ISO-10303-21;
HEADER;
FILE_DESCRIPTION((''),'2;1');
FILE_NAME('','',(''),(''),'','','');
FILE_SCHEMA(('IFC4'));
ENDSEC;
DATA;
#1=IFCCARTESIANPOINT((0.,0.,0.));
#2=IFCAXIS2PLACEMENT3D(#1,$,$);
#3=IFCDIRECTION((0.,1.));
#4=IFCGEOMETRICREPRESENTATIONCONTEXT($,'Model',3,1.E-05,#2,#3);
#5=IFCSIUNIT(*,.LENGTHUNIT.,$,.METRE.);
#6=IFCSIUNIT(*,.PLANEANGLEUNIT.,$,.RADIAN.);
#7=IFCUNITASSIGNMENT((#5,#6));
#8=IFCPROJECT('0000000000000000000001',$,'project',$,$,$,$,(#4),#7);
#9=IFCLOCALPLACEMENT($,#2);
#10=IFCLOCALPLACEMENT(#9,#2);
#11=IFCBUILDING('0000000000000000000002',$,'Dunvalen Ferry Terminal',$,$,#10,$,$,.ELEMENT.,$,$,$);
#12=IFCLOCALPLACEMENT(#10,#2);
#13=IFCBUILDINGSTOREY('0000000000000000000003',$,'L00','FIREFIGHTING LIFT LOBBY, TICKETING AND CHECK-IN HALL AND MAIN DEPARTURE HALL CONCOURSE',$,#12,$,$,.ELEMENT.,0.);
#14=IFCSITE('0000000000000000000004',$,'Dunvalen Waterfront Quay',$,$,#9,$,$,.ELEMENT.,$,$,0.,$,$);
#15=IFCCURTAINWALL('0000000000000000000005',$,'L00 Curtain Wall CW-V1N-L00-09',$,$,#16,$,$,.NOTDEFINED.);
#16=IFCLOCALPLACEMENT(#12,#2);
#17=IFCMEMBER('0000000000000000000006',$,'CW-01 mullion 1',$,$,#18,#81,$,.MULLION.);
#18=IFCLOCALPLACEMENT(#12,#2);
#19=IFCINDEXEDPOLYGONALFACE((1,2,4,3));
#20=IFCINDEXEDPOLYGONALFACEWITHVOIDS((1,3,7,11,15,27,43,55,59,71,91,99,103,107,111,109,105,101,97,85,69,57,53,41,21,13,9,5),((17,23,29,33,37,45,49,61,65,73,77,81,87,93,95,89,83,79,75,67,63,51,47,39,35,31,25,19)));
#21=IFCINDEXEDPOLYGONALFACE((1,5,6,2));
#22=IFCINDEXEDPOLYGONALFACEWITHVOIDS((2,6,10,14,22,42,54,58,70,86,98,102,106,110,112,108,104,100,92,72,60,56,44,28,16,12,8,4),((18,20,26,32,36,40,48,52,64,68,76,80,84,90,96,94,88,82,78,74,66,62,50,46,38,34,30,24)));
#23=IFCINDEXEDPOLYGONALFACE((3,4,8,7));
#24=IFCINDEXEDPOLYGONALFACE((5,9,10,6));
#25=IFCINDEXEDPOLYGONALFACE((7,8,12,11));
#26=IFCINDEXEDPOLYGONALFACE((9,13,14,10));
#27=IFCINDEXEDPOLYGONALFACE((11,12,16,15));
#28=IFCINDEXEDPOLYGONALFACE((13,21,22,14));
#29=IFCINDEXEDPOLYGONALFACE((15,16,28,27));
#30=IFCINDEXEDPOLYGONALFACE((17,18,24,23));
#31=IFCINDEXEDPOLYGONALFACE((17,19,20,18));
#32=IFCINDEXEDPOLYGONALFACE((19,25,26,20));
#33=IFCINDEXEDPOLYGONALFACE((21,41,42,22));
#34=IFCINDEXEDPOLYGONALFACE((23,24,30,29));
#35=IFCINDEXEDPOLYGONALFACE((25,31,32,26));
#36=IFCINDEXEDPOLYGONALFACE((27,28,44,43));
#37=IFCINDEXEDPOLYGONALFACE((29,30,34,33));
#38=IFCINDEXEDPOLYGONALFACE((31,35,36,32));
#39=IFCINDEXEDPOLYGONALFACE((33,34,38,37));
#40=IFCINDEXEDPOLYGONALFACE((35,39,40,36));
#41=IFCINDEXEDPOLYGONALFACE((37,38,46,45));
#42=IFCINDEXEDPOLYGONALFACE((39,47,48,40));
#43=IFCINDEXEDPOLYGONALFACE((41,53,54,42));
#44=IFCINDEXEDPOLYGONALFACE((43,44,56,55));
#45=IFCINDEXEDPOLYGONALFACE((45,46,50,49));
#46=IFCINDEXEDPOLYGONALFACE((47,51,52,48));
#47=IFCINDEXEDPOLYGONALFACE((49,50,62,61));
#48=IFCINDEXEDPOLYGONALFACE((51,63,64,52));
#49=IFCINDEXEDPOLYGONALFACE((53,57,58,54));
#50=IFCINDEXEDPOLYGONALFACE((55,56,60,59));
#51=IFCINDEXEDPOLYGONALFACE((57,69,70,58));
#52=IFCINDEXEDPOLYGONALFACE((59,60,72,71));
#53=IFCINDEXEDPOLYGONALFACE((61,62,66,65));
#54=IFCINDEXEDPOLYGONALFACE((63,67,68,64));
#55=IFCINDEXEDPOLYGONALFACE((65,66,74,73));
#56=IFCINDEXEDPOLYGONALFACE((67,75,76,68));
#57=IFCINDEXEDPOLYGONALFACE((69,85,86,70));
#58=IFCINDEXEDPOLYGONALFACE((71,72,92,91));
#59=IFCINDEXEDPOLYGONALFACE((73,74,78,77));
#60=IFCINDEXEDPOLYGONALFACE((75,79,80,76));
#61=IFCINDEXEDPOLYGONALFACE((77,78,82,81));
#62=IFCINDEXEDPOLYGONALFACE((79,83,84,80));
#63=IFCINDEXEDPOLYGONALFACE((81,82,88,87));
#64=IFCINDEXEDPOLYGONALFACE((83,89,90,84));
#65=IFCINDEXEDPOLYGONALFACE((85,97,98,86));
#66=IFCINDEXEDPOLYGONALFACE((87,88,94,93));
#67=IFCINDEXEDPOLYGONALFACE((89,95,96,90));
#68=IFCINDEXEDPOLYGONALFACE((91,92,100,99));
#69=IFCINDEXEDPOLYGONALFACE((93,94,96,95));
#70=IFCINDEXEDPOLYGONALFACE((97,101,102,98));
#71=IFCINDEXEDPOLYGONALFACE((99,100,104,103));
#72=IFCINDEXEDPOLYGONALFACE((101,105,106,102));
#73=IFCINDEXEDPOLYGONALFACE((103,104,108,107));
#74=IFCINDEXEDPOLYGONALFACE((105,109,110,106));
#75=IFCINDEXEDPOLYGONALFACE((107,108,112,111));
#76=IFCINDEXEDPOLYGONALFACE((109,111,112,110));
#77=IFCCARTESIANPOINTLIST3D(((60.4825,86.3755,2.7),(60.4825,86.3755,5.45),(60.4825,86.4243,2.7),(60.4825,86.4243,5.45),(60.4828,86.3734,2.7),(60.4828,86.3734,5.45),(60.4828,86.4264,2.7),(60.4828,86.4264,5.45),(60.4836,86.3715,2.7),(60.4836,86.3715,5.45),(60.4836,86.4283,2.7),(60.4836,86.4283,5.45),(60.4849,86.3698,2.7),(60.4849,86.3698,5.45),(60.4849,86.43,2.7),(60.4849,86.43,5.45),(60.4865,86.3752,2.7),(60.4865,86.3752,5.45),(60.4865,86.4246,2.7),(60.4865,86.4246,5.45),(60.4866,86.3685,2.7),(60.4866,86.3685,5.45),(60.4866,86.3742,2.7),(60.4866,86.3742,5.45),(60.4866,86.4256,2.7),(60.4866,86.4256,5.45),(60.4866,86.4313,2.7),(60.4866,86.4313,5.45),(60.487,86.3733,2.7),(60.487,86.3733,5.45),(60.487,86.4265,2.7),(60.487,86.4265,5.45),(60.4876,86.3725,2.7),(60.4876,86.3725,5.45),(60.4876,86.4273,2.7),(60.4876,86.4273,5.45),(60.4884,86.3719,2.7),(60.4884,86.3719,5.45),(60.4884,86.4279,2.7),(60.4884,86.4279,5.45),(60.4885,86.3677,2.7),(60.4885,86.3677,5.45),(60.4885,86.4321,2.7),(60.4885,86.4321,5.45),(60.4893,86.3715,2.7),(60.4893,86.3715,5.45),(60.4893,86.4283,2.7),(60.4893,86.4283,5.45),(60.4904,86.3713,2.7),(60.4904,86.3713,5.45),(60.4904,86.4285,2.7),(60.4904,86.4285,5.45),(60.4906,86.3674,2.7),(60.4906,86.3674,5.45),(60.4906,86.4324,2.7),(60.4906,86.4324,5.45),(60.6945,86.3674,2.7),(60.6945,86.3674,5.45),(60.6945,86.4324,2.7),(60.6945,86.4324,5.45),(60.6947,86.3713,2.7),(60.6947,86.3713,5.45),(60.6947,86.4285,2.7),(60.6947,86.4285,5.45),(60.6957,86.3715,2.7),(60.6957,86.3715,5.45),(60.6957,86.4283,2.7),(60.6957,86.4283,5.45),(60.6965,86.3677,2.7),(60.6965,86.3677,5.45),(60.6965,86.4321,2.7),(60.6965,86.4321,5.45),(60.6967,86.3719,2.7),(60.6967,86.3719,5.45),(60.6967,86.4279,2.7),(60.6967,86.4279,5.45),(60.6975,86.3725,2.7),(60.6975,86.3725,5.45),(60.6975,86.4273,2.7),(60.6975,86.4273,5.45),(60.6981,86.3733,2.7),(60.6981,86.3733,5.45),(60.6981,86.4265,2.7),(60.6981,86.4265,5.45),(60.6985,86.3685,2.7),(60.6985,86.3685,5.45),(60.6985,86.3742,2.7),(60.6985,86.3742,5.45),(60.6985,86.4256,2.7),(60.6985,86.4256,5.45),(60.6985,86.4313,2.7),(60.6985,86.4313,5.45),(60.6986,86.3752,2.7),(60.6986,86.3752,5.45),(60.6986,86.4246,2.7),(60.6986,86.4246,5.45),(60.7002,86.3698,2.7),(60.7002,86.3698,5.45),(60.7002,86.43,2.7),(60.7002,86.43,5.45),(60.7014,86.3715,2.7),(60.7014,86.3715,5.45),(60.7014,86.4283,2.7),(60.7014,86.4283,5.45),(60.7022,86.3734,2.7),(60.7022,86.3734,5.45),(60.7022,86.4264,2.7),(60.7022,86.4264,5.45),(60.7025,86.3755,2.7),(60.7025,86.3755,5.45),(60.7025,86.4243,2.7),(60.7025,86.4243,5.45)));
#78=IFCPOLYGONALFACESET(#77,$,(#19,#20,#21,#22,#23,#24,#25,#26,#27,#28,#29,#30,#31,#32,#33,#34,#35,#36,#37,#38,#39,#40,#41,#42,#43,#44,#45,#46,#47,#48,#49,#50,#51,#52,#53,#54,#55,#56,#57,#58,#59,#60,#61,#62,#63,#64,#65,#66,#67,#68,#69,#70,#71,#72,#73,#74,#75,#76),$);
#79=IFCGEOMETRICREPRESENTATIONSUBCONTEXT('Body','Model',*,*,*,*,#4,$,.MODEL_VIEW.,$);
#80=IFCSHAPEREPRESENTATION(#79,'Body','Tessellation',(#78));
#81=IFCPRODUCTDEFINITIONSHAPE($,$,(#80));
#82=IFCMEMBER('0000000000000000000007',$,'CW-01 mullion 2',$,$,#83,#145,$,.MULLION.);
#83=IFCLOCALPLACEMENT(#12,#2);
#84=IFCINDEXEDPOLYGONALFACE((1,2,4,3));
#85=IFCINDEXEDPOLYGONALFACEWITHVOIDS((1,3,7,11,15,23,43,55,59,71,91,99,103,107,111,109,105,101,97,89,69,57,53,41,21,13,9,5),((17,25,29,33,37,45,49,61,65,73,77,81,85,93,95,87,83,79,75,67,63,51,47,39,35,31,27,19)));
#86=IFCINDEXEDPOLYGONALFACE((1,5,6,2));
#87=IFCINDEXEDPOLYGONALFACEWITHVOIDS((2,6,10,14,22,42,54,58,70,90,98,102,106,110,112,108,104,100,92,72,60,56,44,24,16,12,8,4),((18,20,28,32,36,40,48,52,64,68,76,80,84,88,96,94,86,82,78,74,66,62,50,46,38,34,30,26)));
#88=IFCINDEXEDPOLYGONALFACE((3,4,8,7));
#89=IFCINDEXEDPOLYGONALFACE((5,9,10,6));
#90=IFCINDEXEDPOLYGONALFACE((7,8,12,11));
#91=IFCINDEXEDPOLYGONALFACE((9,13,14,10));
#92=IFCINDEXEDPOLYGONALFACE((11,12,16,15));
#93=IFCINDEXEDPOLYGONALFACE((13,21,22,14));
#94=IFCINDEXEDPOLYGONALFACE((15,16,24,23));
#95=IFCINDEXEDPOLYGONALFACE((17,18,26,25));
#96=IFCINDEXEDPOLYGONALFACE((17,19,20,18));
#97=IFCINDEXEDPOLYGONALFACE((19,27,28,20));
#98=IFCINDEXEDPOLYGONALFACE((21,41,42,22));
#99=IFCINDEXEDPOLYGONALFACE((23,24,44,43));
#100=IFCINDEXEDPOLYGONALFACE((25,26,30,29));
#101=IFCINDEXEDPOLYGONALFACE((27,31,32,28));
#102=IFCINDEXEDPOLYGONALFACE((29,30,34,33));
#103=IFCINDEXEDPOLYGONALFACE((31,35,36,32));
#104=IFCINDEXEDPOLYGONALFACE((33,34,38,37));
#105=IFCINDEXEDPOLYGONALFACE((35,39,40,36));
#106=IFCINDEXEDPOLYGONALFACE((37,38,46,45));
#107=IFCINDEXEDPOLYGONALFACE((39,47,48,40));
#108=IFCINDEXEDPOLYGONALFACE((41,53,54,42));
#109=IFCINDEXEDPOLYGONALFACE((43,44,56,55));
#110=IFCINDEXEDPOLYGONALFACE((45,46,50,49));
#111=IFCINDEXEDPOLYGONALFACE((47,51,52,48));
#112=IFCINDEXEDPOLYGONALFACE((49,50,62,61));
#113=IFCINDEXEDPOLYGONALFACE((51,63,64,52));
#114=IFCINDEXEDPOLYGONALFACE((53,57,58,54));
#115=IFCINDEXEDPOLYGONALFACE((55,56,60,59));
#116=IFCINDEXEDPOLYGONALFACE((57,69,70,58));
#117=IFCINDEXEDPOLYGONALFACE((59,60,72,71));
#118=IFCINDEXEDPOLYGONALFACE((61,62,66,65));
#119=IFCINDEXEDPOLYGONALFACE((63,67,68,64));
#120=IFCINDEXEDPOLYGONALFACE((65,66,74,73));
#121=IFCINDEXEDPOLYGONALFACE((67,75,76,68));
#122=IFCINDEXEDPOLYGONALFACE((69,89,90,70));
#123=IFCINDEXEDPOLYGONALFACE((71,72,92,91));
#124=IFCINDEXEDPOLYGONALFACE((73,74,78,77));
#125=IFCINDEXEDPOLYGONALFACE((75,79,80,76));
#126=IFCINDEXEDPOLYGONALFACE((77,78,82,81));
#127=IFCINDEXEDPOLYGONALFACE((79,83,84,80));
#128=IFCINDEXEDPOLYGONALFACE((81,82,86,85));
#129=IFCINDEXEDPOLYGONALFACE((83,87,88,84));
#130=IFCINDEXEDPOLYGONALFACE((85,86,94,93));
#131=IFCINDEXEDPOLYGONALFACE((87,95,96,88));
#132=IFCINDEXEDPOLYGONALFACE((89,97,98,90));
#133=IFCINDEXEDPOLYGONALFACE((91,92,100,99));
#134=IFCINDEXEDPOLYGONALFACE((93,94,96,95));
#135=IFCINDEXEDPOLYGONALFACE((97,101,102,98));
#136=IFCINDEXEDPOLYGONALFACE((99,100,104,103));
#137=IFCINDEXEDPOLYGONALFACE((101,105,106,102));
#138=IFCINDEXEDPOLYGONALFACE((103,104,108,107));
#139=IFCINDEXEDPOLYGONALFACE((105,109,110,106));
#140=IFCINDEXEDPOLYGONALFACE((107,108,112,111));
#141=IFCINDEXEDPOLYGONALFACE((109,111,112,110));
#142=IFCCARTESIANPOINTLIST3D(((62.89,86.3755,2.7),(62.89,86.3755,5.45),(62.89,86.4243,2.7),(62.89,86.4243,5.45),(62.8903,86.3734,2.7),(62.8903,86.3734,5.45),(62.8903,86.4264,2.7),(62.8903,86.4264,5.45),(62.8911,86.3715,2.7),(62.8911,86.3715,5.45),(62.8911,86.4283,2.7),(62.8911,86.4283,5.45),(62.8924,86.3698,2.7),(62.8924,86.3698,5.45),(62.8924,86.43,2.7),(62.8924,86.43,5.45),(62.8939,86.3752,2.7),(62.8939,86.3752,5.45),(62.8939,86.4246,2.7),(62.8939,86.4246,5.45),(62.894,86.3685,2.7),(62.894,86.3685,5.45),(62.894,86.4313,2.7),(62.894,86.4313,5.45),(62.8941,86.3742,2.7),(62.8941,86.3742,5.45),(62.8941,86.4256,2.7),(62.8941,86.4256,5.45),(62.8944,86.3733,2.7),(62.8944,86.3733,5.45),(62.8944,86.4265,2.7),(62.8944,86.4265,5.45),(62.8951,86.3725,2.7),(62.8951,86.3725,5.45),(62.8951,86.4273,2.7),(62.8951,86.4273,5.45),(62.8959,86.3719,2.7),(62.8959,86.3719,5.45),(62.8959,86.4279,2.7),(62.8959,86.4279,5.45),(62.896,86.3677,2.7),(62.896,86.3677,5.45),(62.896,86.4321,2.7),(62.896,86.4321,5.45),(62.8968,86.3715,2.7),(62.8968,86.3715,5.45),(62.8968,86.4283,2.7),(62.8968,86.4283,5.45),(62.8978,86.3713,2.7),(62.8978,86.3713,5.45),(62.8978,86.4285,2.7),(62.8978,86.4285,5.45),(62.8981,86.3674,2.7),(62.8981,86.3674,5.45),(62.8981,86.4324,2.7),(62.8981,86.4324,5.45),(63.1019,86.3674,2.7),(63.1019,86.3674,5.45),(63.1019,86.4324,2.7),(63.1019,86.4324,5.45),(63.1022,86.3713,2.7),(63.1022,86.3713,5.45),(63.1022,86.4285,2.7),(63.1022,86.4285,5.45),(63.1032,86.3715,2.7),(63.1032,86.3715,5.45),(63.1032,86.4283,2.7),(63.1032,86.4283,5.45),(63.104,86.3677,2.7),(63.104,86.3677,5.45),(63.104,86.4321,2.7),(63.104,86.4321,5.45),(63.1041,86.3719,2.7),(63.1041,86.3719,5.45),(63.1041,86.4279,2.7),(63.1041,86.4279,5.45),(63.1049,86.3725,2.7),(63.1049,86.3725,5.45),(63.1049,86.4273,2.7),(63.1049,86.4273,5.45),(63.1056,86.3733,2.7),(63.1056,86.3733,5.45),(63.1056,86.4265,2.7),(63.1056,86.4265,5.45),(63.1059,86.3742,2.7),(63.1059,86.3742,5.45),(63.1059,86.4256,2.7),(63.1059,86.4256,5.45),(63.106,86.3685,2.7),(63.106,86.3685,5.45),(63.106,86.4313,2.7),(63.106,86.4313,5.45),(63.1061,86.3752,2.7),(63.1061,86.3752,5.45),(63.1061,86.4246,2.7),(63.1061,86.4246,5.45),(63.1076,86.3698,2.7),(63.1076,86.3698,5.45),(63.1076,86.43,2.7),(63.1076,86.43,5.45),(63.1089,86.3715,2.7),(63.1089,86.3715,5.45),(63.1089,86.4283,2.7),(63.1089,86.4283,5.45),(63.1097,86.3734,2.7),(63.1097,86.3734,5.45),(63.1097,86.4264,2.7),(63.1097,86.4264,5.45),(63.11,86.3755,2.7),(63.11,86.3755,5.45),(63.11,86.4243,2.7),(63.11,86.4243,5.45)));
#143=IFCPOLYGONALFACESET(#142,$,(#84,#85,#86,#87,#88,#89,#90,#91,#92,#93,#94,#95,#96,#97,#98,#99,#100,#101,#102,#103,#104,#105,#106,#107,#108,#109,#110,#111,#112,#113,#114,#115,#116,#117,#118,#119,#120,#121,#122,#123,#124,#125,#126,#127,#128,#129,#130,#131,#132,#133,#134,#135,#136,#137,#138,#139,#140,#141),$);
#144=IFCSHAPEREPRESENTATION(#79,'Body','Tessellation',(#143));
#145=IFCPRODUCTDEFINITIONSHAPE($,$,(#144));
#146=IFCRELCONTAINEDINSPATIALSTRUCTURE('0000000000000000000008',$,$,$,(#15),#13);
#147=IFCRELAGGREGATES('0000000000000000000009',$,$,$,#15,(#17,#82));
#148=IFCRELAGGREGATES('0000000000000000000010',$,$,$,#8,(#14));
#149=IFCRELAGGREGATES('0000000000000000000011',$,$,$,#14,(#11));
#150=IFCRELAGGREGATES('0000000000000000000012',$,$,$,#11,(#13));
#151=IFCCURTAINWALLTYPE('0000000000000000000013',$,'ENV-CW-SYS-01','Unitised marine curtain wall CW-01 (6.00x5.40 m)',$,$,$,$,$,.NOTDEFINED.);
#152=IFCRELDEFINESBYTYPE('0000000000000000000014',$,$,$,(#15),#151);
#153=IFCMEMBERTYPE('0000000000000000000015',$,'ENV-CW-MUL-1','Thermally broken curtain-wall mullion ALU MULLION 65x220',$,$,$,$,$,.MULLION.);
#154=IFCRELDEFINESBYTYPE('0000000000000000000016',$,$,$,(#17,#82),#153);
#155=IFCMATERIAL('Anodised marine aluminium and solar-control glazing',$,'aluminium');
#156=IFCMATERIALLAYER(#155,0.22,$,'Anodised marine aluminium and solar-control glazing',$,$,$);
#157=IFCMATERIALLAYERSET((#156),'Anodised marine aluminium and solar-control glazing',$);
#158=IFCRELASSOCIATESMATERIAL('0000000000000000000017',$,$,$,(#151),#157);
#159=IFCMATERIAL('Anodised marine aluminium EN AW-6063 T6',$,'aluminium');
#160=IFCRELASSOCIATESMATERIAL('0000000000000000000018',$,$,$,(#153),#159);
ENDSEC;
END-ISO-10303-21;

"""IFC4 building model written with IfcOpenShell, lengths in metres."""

from ifc_helpers import new_model, si_unit, direction, frame, origin, origin_2d, place, context, subcontext, project, spatial, hollow_rectangle, extrude, material, layer, layer_set, material_profile, profile_set, type_object, element, aggregate, save


model = new_model("IFC4")

# Units and contexts
model_context = context("Model", 3, precision=1e-05, world=origin(), true_north=direction((0.0, 1.0)))
body_context = subcontext(model_context, "Body", "Model", "MODEL_VIEW")
ifc_project = project(units=[si_unit("LENGTHUNIT", "METRE"), si_unit("PLANEANGLEUNIT", "RADIAN")], contexts=[model_context])

# Site, building, storey
site_placement = place(None, origin())
site = spatial("IfcSite", under=ifc_project, at=site_placement, Name="Dunvalen Waterfront Quay", CompositionType="ELEMENT", RefElevation=0.0)
building_placement = place(site_placement, origin())
building = spatial("IfcBuilding", under=site, at=building_placement, Name="Dunvalen Ferry Terminal", CompositionType="ELEMENT")
storey_placement = place(building_placement, origin())
storey = spatial("IfcBuildingStorey", under=building, at=storey_placement, Name="L00", Description="FIREFIGHTING LIFT LOBBY, TICKETING AND CHECK-IN HALL AND MAIN DEPARTURE HALL CONCOURSE", CompositionType="ELEMENT", Elevation=0.0)

# Curtain wall, members
ifc_material_1 = material(Name="Anodised marine aluminium and solar-control glazing", Category="aluminium")
ifc_layer_1 = layer(ifc_material_1, 0.22, Name="Anodised marine aluminium and solar-control glazing")
ifc_layer_set_1 = layer_set([ifc_layer_1], Name="Anodised marine aluminium and solar-control glazing")
curtain_wall_type = type_object("IfcCurtainWallType", Name="ENV-CW-SYS-01", Description="Unitised marine curtain wall CW-01 (6.00x5.40 m)", PredefinedType="NOTDEFINED", material=ifc_layer_set_1)
curtain_wall_1_placement = place(storey_placement, origin())
curtain_wall_1 = element("IfcCurtainWall", 1, at=curtain_wall_1_placement, inside=storey, type_object=curtain_wall_type, Name="L00 Curtain Wall CW-V1N-L00-09", PredefinedType="NOTDEFINED")
ifc_material_2 = material(Name="Anodised marine aluminium EN AW-6063 T6", Category="aluminium")
ifc_material_profile_1 = material_profile(ifc_material_2, hollow_rectangle(XDim=0.0649, YDim=0.22, WallThickness=0.0039, InnerFilletRadius=0.0039, OuterFilletRadius=0.0081, at=origin_2d()), Name="Anodised marine aluminium EN AW-6063 T6")
ifc_profile_set_1 = profile_set([ifc_material_profile_1], Name="Anodised marine aluminium EN AW-6063 T6")
member_type_1 = type_object("IfcMemberType", Name="ENV-CW-MUL-1", Description="Thermally broken curtain-wall mullion ALU MULLION 65x220", PredefinedType="MULLION", material=ifc_profile_set_1)
member_1_placement = place(storey_placement, frame((60.5925, 86.3999, 2.7), z_axis=(0.0, 0.0, 1.0), x_axis=(0.0, 1.0, 0.0)))
member_1 = element("IfcMember", 2, at=member_1_placement, type_object=member_type_1, Name="CW-01 mullion 1", PredefinedType="MULLION", context=body_context, shape_type="SweptSolid", body=[
    extrude(hollow_rectangle(XDim=0.0649, YDim=0.22, WallThickness=0.0039, InnerFilletRadius=0.0039, OuterFilletRadius=0.0081, at=origin_2d()), origin(), (0.0, 0.0, 1.0), 2.75),
])
member_2_placement = place(storey_placement, frame((63.0, 86.3999, 2.7), z_axis=(0.0, 0.0, 1.0), x_axis=(0.0, 1.0, 0.0)))
member_2 = element("IfcMember", 3, at=member_2_placement, type_object=member_type_1, Name="CW-01 mullion 2", PredefinedType="MULLION", context=body_context, shape_type="SweptSolid", body=[
    extrude(hollow_rectangle(XDim=0.0649, YDim=0.22, WallThickness=0.0039, InnerFilletRadius=0.0039, OuterFilletRadius=0.0081, at=origin_2d()), origin(), (0.0, 0.0, 1.0), 2.75),
])

aggregate(curtain_wall_1, [member_1, member_2])

save(model, "model.ifc")
